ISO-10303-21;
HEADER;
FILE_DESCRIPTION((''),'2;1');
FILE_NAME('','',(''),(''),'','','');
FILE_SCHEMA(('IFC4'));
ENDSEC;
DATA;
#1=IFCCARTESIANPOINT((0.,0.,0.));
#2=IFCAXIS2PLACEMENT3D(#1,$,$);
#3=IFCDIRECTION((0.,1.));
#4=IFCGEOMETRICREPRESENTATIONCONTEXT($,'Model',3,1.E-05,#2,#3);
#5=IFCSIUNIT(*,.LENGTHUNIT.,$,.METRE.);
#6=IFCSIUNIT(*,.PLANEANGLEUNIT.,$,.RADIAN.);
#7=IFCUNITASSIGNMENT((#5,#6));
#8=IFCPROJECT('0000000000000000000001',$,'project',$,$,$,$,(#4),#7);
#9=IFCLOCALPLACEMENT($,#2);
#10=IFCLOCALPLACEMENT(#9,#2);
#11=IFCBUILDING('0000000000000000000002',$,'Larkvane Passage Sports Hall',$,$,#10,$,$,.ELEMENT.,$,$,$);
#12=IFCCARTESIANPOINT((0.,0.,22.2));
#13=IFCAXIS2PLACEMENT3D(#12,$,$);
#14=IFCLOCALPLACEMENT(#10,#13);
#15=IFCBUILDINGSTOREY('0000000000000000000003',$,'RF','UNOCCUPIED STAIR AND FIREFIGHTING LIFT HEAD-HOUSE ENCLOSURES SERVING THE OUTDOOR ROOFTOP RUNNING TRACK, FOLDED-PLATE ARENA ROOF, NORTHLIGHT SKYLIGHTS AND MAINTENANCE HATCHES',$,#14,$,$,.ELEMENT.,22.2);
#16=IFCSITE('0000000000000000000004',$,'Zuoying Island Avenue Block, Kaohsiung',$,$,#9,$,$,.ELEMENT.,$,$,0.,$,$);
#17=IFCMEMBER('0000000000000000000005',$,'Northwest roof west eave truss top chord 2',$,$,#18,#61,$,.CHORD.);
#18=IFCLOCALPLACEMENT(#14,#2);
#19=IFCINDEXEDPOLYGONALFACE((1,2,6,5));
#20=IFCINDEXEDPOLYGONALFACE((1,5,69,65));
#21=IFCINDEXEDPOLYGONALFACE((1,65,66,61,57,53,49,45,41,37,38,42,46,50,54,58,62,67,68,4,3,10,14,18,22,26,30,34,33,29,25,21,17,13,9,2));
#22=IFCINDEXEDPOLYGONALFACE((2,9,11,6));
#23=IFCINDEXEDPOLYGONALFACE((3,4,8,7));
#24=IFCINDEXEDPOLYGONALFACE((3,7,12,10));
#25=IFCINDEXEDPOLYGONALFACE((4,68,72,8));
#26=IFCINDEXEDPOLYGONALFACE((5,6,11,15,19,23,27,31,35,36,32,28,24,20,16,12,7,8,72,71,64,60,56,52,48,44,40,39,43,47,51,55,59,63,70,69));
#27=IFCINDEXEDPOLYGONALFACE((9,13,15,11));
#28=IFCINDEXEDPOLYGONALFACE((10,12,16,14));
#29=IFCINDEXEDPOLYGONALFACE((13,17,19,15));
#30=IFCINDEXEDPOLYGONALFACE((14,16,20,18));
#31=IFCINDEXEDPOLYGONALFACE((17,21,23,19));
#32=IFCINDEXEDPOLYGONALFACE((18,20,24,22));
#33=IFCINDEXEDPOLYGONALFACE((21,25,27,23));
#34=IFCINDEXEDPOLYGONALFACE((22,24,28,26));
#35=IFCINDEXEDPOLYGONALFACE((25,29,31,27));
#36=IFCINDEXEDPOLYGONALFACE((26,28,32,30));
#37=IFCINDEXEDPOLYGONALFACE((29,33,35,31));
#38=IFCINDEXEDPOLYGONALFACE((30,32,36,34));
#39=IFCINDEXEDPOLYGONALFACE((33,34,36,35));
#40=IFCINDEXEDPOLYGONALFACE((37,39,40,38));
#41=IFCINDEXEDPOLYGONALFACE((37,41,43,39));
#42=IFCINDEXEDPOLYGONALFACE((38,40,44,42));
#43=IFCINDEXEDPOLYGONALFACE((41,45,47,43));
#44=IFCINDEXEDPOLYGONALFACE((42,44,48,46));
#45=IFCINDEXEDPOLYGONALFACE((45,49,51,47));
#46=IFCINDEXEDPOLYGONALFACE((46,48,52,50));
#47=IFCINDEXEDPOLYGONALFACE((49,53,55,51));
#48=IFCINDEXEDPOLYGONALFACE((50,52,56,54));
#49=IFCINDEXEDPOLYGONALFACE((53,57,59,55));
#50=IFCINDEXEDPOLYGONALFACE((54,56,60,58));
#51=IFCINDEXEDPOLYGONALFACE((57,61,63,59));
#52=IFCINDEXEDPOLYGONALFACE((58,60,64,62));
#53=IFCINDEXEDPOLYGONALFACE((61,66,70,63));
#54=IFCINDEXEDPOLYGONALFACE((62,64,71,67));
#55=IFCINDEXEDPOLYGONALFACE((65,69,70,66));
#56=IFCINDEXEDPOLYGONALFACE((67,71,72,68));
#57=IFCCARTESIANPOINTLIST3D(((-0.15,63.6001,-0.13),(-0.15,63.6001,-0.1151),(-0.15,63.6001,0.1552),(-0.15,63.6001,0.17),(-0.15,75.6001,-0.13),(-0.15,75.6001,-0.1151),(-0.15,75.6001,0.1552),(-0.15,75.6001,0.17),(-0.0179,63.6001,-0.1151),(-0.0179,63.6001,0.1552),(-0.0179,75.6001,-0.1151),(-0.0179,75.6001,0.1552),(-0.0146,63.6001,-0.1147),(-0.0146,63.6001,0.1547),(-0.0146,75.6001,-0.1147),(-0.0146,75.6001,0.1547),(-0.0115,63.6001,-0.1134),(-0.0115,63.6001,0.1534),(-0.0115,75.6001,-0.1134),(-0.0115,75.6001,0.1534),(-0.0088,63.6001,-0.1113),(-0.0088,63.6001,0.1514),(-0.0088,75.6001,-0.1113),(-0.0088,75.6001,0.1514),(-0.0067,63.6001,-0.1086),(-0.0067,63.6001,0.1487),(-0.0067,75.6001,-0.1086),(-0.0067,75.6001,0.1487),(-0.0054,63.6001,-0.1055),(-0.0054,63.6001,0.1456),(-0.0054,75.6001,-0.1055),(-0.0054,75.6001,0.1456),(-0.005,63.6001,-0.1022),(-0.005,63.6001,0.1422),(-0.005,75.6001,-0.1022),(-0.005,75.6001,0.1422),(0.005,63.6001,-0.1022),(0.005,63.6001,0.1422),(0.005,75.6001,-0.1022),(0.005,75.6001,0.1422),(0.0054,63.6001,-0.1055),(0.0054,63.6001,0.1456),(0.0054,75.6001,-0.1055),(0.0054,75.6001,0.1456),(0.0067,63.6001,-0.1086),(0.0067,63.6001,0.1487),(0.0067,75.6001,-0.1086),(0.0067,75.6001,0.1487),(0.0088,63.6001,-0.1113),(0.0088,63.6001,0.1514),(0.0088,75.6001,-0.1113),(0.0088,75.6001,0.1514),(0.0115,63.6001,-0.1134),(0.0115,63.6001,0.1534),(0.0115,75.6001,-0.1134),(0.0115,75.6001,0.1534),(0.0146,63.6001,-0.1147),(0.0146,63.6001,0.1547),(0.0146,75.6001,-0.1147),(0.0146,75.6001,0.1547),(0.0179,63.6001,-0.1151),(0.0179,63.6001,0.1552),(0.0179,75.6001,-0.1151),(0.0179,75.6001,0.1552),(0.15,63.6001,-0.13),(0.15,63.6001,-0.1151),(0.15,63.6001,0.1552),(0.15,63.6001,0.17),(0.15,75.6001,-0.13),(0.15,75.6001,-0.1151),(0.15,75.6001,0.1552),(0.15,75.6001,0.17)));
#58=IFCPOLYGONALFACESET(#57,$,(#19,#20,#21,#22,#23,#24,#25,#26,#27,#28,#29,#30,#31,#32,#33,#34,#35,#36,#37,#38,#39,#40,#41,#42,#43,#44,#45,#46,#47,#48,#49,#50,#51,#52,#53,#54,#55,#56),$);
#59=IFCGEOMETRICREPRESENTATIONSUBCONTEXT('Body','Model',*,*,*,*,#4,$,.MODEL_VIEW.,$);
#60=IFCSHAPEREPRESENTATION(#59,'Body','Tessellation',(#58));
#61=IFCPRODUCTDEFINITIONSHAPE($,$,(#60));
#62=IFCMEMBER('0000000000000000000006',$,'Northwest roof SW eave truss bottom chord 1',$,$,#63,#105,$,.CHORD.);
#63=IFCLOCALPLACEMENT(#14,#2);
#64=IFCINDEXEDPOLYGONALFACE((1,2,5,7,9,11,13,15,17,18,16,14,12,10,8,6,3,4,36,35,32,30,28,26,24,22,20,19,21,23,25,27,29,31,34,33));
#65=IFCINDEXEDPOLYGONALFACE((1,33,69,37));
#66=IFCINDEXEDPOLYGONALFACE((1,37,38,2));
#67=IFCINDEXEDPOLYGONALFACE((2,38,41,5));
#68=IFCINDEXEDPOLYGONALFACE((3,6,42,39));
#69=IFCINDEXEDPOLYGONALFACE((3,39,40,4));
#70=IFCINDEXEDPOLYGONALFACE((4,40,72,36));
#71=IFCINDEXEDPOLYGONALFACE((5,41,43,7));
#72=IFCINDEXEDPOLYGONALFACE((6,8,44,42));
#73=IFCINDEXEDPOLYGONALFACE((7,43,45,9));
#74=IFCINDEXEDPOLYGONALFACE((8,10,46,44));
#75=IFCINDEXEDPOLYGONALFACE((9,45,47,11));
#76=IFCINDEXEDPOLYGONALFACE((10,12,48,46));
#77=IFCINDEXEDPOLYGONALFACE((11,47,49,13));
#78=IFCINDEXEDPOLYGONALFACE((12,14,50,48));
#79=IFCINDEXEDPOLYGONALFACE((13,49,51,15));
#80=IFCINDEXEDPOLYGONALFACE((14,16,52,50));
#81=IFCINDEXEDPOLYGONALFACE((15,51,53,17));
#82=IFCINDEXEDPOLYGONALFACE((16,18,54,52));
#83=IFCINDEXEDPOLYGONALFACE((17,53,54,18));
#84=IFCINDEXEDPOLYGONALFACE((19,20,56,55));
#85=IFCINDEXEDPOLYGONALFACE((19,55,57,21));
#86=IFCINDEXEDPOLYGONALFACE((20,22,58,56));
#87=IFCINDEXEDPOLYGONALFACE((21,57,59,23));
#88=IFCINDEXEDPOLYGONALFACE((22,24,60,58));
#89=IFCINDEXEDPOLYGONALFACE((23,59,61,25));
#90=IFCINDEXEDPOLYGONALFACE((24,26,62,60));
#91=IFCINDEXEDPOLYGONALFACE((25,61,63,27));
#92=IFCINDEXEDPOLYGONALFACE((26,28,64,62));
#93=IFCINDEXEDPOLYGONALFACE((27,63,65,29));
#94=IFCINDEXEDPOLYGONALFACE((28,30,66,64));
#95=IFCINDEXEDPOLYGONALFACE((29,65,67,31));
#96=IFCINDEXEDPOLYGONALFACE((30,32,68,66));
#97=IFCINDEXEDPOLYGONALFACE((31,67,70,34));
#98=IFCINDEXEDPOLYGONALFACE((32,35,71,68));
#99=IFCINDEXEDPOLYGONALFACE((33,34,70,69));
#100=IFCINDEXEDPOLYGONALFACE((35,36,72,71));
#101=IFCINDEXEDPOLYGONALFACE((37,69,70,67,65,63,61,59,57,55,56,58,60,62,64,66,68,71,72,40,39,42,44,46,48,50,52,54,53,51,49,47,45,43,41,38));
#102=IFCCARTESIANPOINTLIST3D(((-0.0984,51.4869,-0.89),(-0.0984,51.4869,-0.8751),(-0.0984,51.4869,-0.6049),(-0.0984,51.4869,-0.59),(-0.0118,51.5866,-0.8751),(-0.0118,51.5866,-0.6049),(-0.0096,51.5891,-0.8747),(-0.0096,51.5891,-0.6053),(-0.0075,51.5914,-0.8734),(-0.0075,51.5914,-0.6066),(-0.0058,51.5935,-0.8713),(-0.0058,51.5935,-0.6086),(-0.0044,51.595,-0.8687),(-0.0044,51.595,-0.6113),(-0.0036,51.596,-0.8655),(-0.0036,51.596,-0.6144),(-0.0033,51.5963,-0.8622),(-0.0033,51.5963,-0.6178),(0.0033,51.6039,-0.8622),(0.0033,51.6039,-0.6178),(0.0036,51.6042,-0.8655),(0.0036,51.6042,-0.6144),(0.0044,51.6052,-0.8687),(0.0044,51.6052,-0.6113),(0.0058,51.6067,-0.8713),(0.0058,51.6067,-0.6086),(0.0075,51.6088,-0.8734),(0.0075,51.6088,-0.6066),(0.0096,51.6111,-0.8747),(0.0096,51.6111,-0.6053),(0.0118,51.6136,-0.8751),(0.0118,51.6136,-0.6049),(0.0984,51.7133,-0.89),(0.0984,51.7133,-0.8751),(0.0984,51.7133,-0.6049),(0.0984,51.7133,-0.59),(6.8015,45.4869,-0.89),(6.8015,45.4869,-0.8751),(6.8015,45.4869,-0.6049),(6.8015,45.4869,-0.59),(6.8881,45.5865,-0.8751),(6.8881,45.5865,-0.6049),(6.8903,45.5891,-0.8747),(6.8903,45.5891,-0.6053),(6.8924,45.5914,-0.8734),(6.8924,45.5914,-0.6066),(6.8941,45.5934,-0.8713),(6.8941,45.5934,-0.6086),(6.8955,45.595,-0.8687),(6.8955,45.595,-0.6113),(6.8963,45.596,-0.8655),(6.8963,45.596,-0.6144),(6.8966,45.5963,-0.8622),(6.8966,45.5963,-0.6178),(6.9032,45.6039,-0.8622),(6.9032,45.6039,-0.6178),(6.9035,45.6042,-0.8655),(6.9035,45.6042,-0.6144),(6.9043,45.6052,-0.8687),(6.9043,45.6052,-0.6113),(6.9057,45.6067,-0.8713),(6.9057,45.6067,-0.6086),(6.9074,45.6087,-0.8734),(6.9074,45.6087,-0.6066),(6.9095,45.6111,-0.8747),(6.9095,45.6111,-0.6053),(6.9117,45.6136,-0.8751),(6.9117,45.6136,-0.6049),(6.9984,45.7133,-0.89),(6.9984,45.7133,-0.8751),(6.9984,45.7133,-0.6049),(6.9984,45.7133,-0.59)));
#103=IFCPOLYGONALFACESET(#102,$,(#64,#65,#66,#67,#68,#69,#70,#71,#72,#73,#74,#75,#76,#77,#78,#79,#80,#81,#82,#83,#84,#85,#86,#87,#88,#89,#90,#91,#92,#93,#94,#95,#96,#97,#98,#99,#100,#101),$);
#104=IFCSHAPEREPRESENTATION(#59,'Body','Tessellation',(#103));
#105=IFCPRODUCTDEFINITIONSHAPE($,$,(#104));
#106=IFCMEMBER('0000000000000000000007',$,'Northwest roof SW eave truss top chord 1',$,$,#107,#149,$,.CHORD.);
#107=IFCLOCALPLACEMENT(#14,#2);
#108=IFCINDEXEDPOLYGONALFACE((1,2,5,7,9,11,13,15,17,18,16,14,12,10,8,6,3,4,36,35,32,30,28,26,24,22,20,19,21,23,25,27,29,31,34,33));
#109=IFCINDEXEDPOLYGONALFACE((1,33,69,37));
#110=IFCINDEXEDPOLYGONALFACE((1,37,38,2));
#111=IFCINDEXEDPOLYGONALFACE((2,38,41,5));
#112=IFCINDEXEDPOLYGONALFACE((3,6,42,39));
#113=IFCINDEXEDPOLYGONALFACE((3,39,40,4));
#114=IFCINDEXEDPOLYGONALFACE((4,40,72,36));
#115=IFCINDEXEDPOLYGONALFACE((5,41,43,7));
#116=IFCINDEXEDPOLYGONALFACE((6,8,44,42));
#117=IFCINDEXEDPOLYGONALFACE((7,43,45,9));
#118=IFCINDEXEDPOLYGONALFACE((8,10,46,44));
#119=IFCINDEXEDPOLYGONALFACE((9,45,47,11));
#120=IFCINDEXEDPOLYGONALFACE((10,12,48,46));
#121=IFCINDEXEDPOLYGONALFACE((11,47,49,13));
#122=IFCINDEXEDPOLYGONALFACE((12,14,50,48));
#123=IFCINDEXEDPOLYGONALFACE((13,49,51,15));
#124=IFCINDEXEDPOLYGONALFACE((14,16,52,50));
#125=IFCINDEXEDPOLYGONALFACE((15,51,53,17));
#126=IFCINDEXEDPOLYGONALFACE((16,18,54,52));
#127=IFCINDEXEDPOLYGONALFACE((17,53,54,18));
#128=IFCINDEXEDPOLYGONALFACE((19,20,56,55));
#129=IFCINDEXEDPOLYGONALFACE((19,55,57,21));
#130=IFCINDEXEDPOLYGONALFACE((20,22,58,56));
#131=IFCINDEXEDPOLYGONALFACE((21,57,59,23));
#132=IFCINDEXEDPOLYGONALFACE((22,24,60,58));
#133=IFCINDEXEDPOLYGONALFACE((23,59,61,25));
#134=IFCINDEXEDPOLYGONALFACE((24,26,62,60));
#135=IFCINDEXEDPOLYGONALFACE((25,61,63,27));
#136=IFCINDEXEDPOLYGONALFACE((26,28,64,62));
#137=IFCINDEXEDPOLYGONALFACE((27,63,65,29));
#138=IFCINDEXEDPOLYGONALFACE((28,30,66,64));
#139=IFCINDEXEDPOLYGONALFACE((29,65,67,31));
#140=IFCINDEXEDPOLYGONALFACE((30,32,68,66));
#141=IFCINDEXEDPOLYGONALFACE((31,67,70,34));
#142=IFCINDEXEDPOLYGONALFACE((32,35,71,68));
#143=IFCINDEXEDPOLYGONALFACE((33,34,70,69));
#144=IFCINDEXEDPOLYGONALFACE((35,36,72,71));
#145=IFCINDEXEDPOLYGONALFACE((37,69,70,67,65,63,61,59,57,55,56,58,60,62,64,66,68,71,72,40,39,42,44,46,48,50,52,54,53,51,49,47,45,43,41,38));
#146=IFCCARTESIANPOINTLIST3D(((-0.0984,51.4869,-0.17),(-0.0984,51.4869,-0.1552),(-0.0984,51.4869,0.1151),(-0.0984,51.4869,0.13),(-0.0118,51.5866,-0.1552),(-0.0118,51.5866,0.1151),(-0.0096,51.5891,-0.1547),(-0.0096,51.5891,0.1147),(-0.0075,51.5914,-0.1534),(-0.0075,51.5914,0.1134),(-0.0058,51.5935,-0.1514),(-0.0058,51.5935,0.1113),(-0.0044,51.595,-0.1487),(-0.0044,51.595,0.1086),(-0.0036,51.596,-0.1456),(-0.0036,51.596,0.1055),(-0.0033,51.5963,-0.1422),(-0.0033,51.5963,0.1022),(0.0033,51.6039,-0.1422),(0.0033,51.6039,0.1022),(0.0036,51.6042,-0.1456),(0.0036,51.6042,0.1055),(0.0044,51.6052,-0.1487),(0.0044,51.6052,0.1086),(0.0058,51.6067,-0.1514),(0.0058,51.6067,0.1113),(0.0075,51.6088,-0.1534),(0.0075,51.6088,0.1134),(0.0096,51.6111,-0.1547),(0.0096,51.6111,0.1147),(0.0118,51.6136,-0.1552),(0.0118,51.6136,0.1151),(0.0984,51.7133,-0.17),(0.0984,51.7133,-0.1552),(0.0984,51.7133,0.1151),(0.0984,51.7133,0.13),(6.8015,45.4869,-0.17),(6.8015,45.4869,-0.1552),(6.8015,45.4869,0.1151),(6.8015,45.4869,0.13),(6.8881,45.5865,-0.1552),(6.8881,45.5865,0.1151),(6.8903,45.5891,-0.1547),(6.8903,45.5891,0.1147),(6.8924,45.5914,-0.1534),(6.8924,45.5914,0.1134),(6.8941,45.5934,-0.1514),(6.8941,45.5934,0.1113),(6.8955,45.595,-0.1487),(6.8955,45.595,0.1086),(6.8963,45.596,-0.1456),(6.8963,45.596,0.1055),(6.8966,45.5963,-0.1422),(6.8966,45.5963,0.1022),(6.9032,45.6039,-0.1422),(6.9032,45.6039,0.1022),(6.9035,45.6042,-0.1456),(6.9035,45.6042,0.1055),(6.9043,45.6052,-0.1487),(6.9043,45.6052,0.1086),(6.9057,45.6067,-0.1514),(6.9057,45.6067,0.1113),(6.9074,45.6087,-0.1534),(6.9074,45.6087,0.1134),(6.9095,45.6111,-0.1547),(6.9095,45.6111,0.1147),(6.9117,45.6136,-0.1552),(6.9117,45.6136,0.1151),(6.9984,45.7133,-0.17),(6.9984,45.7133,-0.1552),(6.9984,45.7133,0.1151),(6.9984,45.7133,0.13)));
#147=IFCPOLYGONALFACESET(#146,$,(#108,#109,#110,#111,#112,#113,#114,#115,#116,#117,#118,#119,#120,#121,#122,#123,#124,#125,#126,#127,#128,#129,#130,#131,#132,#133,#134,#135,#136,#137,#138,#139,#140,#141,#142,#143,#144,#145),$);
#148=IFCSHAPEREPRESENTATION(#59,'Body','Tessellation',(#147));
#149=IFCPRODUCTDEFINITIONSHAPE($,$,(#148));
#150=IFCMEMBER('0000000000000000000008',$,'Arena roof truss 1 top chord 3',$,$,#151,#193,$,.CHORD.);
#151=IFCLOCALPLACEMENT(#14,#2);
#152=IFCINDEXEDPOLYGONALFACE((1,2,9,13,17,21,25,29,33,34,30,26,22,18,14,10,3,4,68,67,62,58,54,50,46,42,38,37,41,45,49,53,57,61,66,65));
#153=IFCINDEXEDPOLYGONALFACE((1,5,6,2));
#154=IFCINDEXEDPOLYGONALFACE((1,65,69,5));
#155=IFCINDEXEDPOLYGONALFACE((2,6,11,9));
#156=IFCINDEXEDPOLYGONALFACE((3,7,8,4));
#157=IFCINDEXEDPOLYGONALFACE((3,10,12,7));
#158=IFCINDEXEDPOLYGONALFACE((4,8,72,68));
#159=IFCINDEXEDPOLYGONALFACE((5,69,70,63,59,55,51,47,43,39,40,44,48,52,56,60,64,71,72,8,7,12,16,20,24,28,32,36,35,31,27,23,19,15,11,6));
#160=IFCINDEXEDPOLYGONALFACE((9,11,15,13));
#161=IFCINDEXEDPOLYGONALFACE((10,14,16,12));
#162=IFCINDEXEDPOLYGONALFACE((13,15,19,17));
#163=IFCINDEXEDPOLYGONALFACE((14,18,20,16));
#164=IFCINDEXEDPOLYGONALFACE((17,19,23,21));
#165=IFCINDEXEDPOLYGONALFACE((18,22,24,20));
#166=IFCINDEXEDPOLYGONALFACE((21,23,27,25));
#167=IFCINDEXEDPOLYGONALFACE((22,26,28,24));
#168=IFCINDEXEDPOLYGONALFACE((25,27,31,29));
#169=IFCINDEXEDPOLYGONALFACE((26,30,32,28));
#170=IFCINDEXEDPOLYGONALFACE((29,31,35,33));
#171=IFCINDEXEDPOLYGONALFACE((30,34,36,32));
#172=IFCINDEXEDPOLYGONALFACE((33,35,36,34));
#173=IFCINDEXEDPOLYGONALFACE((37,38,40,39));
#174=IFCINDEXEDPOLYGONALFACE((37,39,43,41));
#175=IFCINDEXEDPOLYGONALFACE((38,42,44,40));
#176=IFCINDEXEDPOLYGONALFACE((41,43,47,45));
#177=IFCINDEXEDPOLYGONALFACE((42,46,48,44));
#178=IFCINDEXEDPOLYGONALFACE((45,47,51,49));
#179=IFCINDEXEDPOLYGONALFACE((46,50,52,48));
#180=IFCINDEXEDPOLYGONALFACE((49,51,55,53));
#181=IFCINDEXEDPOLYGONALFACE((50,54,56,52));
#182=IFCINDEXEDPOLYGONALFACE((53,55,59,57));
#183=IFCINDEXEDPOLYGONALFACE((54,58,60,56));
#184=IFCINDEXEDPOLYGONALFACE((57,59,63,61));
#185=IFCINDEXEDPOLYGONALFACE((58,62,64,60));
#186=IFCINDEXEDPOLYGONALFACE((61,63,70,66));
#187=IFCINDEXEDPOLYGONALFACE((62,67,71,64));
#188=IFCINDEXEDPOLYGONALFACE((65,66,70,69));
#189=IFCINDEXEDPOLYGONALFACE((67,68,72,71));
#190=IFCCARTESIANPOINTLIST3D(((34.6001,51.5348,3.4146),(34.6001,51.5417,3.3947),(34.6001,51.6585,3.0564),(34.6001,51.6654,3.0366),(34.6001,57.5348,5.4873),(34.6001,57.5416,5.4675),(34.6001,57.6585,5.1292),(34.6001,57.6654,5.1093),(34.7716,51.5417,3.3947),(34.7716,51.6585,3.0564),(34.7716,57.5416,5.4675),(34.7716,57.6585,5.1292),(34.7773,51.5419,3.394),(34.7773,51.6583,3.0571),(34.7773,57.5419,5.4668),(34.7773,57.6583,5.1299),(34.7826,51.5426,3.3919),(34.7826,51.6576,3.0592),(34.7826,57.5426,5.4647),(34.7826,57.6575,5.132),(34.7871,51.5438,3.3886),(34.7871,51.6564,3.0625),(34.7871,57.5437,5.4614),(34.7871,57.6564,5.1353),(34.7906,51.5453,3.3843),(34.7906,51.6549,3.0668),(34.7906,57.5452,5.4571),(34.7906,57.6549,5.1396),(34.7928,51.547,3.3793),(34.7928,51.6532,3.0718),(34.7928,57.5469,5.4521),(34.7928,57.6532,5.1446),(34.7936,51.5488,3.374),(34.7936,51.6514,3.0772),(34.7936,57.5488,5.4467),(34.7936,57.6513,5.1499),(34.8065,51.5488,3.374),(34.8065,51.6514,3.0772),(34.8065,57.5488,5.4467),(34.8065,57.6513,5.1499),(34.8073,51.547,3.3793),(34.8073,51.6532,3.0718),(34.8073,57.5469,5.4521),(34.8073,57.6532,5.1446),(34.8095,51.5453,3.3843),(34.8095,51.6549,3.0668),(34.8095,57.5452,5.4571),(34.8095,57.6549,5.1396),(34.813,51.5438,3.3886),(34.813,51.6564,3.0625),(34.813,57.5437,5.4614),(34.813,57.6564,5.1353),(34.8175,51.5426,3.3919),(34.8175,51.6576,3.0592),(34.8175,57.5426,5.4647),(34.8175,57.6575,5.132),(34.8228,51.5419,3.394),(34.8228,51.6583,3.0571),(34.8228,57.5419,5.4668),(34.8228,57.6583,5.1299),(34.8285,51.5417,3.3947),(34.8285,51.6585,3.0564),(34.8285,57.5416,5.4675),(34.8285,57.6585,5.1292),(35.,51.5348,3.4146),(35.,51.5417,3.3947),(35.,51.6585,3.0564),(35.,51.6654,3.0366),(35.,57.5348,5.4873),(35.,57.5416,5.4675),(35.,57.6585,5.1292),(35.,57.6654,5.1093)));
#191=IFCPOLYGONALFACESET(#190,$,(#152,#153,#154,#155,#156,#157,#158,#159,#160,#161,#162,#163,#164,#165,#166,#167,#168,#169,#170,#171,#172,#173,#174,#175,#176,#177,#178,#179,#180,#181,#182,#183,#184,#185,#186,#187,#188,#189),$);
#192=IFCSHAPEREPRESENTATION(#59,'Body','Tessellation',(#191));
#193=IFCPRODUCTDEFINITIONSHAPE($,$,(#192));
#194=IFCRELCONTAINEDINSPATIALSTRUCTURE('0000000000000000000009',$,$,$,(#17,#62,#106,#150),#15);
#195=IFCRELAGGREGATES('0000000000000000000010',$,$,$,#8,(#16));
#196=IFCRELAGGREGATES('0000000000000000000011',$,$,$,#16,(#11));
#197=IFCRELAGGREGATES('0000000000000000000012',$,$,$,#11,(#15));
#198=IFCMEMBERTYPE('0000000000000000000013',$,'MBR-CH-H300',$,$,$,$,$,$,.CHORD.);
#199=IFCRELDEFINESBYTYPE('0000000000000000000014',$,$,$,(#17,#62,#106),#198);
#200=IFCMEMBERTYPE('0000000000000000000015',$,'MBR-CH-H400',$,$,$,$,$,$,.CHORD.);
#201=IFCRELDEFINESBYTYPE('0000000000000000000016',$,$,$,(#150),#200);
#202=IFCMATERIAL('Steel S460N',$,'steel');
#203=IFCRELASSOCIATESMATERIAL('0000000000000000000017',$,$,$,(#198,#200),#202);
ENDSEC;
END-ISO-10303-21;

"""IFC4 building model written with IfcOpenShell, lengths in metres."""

from ifc_helpers import new_model, si_unit, direction, frame, origin, origin_2d, place, context, subcontext, project, spatial, i_section, extrude, material, material_profile, profile_set, type_object, element, save


model = new_model("IFC4")

# Units and contexts
model_context = context("Model", 3, precision=1e-05, world=origin(), true_north=direction((0.0, 1.0)))
body_context = subcontext(model_context, "Body", "Model", "MODEL_VIEW")
ifc_project = project(units=[si_unit("LENGTHUNIT", "METRE"), si_unit("PLANEANGLEUNIT", "RADIAN")], contexts=[model_context])

# Site, building, storey
site_placement = place(None, origin())
site = spatial("IfcSite", under=ifc_project, at=site_placement, Name="Zuoying Island Avenue Block, Kaohsiung", CompositionType="ELEMENT", RefElevation=0.0)
building_placement = place(site_placement, origin())
building = spatial("IfcBuilding", under=site, at=building_placement, Name="Larkvane Passage Sports Hall", CompositionType="ELEMENT")
storey_placement = place(building_placement, frame((0.0, 0.0, 22.2)))
storey = spatial("IfcBuildingStorey", under=building, at=storey_placement, Name="RF", Description="UNOCCUPIED STAIR AND FIREFIGHTING LIFT HEAD-HOUSE ENCLOSURES SERVING THE OUTDOOR ROOFTOP RUNNING TRACK, FOLDED-PLATE ARENA ROOF, NORTHLIGHT SKYLIGHTS AND MAINTENANCE HATCHES", CompositionType="ELEMENT", Elevation=22.2)

# Members
ifc_material_1 = material(Name="Steel S460N", Category="steel")
ifc_material_profile_1 = material_profile(ifc_material_1, i_section(OverallWidth=0.3, OverallDepth=0.3, WebThickness=0.01, FlangeThickness=0.0149, FilletRadius=0.0129, at=origin_2d()), Name="H-300x300x10x15")
ifc_profile_set_1 = profile_set([ifc_material_profile_1], Name="Steel S460N")
member_type_1 = type_object("IfcMemberType", Name="MBR-CH-H300", PredefinedType="CHORD", material=ifc_profile_set_1)
for number, where, z_axis, x_axis, name in (
    (1, (0.0, 63.6001, 0.02), (0.0, 1.0, 0.0), (-1.0, 0.0, 0.0), "Northwest roof west eave truss top chord 2"),
):
    element("IfcMember", number, at=place(storey_placement, frame(where, z_axis=z_axis, x_axis=x_axis)), inside=storey, type_object=member_type_1, Name=name, PredefinedType="CHORD", context=body_context, shape_type="SweptSolid", body=[
        extrude(i_section(OverallWidth=0.3, OverallDepth=0.3, WebThickness=0.01, FlangeThickness=0.0149, FilletRadius=0.0129, at=origin_2d()), origin(), (0.0, 0.0, 1.0), 12.0),
    ])
for number, where, z_axis, x_axis, name in (
    (2, (0.0, 51.6001, -0.74), (0.754601, -0.656184, 0.0), (0.656184, 0.754601, 0.0), "Northwest roof SW eave truss bottom chord 1"),
    (3, (0.0, 51.6001, -0.02), (0.754601, -0.656184, 0.0), (0.656184, 0.754601, 0.0), "Northwest roof SW eave truss top chord 1"),
):
    element("IfcMember", number, at=place(storey_placement, frame(where, z_axis=z_axis, x_axis=x_axis)), inside=storey, type_object=member_type_1, Name=name, PredefinedType="CHORD", context=body_context, shape_type="SweptSolid", body=[
        extrude(i_section(OverallWidth=0.3, OverallDepth=0.3, WebThickness=0.01, FlangeThickness=0.0149, FilletRadius=0.0129, at=origin_2d()), origin(), (0.0, 0.0, 1.0), 9.1438),
    ])
ifc_material_profile_2 = material_profile(ifc_material_1, i_section(OverallWidth=0.3999, OverallDepth=0.3999, WebThickness=0.0129, FlangeThickness=0.021, FilletRadius=0.022, at=origin_2d()), Name="H-400x400x13x21")
ifc_profile_set_2 = profile_set([ifc_material_profile_2], Name="Steel S460N")
member_type_2 = type_object("IfcMemberType", Name="MBR-CH-H400", PredefinedType="CHORD", material=ifc_profile_set_2)
member_1_placement = place(storey_placement, frame((34.8, 51.6001, 3.2256), z_axis=(0.0, 0.945189, 0.326524), x_axis=(-1.0, 0.0, 0.0)))
element("IfcMember", 4, at=member_1_placement, inside=storey, type_object=member_type_2, Name="Arena roof truss 1 top chord 3", PredefinedType="CHORD", context=body_context, shape_type="SweptSolid", body=[
    extrude(i_section(OverallWidth=0.3999, OverallDepth=0.3999, WebThickness=0.0129, FlangeThickness=0.021, FilletRadius=0.022, at=origin_2d()), origin(), (0.0, 0.0, 1.0), 6.3479),
])

save(model, "model.ifc")
